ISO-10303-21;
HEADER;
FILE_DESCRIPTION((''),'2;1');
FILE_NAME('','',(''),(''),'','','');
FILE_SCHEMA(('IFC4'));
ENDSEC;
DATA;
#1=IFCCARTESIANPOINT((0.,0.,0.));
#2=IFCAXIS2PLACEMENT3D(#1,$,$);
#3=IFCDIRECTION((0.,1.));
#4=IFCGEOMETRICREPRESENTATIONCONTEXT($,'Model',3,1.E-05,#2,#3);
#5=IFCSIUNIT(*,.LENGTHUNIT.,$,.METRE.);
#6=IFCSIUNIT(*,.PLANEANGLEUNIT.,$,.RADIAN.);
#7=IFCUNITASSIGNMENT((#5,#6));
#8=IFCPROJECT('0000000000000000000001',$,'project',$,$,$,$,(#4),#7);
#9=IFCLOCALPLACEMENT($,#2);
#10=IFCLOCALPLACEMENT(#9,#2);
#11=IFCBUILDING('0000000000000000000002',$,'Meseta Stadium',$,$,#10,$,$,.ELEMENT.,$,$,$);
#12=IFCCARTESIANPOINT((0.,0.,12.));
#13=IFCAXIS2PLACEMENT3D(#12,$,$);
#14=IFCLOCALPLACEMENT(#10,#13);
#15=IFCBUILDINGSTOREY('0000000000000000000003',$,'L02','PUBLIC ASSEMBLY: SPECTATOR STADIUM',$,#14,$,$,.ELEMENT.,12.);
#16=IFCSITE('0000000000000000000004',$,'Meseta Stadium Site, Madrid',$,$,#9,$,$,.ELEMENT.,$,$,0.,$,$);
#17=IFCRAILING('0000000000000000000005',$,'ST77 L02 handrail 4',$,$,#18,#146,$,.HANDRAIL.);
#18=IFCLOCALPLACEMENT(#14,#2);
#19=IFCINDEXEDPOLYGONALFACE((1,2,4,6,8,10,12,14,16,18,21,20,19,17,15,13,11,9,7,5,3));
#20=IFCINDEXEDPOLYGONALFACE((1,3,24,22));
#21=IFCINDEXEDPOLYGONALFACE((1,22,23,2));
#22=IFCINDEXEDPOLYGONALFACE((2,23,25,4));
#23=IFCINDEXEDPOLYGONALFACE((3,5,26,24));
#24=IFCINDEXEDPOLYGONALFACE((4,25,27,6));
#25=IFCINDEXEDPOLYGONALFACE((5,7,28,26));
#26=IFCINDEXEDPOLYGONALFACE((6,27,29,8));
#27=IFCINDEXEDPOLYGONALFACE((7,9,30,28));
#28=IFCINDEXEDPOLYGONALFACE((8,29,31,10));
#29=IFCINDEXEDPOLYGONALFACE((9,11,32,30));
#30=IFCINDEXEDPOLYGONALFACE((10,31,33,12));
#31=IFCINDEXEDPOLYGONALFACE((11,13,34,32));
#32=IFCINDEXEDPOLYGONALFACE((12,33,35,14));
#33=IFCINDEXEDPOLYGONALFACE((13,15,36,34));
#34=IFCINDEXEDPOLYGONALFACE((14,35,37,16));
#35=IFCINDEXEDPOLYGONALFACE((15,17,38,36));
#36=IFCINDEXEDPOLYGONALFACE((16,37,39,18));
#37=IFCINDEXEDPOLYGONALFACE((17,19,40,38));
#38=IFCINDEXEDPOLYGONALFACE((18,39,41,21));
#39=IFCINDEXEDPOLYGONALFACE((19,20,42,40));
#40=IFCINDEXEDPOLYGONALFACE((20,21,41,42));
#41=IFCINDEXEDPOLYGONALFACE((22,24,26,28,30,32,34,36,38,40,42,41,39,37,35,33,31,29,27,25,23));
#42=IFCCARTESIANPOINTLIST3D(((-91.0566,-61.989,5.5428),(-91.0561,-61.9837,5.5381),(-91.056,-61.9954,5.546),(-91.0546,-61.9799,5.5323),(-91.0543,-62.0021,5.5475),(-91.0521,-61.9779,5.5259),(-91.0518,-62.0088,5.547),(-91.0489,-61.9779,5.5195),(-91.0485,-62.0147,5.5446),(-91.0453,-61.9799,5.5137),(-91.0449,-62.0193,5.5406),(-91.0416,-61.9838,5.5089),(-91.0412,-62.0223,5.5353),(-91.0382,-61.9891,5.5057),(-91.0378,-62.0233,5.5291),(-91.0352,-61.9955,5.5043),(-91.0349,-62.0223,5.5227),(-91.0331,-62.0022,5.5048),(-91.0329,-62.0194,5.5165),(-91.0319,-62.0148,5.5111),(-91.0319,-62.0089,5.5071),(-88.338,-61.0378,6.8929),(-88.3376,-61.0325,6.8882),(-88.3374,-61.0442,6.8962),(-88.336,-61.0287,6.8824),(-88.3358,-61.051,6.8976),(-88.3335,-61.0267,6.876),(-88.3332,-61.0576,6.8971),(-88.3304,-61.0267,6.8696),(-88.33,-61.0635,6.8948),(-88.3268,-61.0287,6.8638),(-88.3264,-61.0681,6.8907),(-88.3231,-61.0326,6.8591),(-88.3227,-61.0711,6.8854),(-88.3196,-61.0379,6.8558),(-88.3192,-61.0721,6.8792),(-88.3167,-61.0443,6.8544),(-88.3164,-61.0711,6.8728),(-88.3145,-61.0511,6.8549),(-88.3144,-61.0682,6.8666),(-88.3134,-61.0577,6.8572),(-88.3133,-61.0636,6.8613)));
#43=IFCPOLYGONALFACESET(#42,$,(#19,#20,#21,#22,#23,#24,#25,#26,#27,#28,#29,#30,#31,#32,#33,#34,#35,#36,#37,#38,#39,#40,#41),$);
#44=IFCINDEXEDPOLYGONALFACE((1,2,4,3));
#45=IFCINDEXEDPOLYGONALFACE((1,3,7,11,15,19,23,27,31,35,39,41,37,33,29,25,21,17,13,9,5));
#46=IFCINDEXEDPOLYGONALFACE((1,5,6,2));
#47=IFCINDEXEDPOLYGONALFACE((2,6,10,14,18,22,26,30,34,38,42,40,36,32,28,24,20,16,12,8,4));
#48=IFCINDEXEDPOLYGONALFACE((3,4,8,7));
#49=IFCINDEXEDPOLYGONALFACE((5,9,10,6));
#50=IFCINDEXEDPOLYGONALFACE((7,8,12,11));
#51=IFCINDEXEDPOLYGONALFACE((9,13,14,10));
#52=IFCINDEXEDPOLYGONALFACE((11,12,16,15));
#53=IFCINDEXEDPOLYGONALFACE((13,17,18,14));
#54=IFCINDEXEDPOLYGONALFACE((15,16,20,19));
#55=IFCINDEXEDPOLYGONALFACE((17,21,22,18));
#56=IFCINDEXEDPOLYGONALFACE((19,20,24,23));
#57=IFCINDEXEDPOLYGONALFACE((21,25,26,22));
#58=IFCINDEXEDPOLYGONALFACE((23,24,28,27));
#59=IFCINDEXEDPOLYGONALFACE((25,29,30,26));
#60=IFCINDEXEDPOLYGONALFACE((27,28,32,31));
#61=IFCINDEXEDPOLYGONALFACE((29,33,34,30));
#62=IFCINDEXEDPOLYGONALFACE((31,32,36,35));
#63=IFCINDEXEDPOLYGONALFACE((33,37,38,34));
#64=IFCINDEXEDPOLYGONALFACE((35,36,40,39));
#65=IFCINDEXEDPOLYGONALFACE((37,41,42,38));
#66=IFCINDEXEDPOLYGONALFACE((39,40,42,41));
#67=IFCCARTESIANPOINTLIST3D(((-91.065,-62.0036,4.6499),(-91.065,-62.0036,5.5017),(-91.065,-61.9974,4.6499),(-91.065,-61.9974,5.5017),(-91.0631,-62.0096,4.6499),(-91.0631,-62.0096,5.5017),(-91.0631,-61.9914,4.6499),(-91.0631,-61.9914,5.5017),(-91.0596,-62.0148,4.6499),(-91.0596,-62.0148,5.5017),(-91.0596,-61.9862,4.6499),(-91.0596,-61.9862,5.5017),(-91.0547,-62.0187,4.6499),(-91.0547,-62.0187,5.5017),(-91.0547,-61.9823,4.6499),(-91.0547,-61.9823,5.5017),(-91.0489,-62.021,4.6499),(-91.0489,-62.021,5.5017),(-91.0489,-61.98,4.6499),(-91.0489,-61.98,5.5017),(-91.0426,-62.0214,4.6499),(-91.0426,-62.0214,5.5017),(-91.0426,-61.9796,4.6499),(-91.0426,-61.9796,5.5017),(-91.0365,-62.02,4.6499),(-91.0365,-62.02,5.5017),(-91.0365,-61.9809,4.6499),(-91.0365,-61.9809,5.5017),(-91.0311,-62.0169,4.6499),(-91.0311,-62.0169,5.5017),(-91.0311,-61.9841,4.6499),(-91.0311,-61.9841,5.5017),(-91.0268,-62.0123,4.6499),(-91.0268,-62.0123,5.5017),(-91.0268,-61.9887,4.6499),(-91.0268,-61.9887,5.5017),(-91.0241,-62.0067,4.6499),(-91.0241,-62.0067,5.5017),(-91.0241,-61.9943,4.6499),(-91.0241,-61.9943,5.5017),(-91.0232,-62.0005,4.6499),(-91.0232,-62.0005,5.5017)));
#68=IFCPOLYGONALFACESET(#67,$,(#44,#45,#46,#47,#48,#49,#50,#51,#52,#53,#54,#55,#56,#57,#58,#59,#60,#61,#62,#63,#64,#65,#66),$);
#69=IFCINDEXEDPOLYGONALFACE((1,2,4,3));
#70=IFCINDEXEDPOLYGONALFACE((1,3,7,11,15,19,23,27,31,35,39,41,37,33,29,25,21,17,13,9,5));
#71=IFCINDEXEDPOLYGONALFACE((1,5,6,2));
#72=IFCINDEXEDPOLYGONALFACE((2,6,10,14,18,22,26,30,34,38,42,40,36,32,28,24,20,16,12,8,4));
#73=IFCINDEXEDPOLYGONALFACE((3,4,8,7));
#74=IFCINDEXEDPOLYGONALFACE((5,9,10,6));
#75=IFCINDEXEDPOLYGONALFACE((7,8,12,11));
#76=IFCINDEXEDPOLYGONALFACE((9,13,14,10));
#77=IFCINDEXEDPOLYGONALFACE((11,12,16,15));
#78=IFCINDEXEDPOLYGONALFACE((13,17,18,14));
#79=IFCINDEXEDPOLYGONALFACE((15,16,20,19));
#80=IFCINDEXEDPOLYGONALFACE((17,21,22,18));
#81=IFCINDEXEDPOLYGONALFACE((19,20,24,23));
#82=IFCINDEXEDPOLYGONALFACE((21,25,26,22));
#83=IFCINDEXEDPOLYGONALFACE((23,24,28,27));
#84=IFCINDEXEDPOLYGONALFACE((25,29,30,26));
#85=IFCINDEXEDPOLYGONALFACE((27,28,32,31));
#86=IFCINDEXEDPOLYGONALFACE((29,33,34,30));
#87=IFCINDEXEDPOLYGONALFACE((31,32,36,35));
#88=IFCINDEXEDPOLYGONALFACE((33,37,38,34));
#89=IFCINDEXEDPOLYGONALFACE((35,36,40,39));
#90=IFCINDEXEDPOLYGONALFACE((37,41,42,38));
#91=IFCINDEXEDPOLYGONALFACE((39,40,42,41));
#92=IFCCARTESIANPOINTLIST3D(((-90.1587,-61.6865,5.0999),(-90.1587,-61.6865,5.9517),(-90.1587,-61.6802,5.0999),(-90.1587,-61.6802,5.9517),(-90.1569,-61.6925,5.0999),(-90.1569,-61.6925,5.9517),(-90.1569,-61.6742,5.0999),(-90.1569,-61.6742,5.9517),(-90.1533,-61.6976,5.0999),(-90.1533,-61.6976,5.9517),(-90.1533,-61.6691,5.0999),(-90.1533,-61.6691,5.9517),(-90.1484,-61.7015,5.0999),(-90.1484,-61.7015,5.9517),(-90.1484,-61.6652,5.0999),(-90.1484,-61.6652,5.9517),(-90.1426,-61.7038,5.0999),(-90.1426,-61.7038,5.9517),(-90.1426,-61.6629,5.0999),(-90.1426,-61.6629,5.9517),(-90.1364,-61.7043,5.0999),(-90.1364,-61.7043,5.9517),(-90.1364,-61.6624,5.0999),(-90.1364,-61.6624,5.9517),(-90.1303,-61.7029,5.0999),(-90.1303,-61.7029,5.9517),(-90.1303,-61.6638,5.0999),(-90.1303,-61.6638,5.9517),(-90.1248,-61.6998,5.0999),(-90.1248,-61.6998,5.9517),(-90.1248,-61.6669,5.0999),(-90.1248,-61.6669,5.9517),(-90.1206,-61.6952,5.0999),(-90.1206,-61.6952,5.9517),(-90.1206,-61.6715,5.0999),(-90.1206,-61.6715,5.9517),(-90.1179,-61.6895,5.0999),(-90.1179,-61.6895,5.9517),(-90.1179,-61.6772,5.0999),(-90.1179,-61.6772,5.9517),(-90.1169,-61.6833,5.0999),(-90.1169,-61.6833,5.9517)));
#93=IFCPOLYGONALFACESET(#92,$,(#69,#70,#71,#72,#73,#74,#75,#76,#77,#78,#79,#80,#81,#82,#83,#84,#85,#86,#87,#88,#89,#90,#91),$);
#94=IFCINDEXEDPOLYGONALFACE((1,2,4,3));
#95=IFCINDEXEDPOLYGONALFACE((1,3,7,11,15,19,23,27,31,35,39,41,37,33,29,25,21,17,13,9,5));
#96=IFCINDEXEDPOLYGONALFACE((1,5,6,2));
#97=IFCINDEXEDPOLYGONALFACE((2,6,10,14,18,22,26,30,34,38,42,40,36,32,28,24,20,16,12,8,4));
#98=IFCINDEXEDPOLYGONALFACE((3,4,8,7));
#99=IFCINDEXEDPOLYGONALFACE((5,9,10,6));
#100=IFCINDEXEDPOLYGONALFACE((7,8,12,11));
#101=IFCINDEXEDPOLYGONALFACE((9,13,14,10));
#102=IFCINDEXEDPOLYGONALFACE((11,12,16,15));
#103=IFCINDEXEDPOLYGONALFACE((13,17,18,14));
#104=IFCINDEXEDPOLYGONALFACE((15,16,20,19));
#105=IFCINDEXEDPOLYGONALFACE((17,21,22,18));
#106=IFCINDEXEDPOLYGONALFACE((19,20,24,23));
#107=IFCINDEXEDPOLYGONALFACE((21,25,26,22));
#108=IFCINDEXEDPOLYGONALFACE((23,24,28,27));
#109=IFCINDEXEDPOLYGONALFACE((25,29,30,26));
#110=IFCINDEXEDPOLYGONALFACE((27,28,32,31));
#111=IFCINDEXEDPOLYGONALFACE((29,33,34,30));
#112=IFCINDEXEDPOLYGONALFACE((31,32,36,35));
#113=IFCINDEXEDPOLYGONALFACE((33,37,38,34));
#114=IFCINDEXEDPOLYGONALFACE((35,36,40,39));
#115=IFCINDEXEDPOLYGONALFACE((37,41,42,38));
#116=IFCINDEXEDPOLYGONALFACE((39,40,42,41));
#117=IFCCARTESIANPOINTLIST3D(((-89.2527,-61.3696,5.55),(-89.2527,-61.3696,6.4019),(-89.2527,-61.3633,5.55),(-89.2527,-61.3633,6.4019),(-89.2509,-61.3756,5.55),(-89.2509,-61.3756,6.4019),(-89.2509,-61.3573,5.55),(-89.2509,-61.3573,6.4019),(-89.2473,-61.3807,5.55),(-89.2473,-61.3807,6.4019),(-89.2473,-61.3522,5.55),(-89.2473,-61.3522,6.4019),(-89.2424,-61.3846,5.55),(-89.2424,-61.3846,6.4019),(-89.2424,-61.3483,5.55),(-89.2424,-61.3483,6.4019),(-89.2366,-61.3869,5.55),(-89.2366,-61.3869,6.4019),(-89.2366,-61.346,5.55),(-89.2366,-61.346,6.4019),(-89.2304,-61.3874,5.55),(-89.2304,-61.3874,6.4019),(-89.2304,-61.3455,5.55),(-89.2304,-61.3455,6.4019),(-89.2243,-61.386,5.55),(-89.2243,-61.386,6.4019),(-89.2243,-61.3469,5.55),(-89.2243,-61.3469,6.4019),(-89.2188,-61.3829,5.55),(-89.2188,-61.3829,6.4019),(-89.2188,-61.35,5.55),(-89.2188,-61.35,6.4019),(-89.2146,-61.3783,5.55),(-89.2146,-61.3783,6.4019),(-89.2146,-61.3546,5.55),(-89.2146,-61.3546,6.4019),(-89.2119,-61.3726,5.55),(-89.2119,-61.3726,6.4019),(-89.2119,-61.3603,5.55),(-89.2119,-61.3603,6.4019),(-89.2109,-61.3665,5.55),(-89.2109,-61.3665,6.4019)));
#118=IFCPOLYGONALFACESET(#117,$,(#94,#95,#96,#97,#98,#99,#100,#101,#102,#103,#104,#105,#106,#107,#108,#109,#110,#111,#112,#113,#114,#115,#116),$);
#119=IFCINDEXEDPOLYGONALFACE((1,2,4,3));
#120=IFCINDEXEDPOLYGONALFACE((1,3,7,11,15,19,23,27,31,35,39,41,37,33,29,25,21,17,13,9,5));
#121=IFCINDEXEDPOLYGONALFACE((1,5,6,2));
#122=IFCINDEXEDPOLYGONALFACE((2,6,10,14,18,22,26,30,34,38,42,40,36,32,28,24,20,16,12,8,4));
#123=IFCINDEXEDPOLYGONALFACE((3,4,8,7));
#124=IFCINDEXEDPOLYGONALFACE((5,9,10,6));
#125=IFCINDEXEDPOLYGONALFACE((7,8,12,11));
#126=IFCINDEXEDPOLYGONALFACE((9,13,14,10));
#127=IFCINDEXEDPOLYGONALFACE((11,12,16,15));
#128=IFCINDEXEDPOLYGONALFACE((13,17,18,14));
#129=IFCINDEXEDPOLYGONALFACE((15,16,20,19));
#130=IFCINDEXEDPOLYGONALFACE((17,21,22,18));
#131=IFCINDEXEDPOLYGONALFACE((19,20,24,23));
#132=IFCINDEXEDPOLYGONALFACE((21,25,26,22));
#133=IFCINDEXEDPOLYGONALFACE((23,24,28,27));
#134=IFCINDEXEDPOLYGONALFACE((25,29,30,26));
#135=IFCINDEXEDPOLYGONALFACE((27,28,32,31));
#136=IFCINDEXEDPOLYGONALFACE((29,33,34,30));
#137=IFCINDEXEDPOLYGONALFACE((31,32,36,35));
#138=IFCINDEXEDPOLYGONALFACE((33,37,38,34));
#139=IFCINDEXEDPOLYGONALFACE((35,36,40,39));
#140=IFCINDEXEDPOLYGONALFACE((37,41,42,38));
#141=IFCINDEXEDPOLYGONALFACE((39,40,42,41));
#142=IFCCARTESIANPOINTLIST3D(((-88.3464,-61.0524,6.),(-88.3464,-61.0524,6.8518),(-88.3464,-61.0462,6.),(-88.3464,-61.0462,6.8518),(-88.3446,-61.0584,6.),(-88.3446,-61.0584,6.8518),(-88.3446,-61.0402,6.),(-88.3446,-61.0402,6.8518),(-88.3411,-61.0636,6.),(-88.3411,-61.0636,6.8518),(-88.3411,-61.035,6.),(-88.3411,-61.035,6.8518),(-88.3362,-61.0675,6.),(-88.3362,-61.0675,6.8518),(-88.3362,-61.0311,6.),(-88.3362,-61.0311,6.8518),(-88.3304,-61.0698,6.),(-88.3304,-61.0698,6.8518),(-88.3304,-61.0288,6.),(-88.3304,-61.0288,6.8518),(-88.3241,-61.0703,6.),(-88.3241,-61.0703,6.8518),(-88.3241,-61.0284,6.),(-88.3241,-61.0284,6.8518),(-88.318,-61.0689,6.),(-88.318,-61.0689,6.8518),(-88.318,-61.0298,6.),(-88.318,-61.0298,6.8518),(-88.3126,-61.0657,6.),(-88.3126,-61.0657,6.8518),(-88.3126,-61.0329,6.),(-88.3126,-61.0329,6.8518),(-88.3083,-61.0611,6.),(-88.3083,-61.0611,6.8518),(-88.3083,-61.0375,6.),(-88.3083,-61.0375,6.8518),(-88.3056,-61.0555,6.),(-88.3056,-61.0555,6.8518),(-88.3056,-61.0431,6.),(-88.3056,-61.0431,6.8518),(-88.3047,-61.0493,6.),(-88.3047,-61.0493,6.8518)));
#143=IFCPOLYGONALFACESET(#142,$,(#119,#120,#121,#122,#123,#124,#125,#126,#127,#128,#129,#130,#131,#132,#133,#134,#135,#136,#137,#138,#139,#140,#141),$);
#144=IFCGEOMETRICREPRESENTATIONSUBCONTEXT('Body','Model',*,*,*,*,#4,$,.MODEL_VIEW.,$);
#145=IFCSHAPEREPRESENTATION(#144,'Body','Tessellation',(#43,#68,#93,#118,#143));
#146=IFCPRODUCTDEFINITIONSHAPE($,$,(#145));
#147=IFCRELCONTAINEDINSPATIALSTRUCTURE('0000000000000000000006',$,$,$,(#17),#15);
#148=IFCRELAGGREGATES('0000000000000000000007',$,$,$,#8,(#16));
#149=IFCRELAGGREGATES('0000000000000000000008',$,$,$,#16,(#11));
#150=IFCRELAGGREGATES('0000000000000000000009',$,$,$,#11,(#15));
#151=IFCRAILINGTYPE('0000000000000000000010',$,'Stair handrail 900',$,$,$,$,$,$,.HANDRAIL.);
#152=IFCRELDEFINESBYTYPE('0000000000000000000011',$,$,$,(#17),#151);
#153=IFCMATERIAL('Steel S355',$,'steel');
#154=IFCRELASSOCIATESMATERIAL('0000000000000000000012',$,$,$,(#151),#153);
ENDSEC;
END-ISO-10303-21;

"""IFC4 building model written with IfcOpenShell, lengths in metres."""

from ifc_helpers import new_model, si_unit, direction, frame, origin, origin_2d, place, context, subcontext, project, spatial, circle, extrude, material, type_object, element, save


model = new_model("IFC4")

# Units and contexts
model_context = context("Model", 3, precision=1e-05, world=origin(), true_north=direction((0.0, 1.0)))
body_context = subcontext(model_context, "Body", "Model", "MODEL_VIEW")
ifc_project = project(units=[si_unit("LENGTHUNIT", "METRE"), si_unit("PLANEANGLEUNIT", "RADIAN")], contexts=[model_context])

# Site, building, storey
site_placement = place(None, origin())
site = spatial("IfcSite", under=ifc_project, at=site_placement, Name="Meseta Stadium Site, Madrid", CompositionType="ELEMENT", RefElevation=0.0)
building_placement = place(site_placement, origin())
building = spatial("IfcBuilding", under=site, at=building_placement, Name="Meseta Stadium", CompositionType="ELEMENT")
storey_placement = place(building_placement, frame((0.0, 0.0, 12.0)))
storey = spatial("IfcBuildingStorey", under=building, at=storey_placement, Name="L02", Description="PUBLIC ASSEMBLY: SPECTATOR STADIUM", CompositionType="ELEMENT", Elevation=12.0)

# Railing
ifc_material_1 = material(Name="Steel S355", Category="steel")
railing_type_1 = type_object("IfcRailingType", Name="Stair handrail 900", PredefinedType="HANDRAIL", material=ifc_material_1)
for number, where, name in (
    (1, (-91.0442, -62.0005, 4.6499), "ST77 L02 handrail 4"),
):
    element("IfcRailing", number, at=place(storey_placement, frame(where)), inside=storey, type_object=railing_type_1, Name=name, PredefinedType="HANDRAIL", context=body_context, shape_type="SweptSolid", body=[
        extrude(circle(Radius=0.0239, at=origin_2d()), frame((0.0, 0.0, 0.876), z_axis=(0.854649, 0.299031, 0.424446), x_axis=(-0.330256, 0.943891, 0.0)), (0.0, 0.0, 1.0), 3.1809),
        extrude(circle(Radius=0.021, at=origin_2d()), origin(), (0.0, 0.0, 1.0), 0.8518),
        extrude(circle(Radius=0.021, at=origin_2d()), frame((0.9062, 0.3171, 0.45)), (0.0, 0.0, 1.0), 0.8518),
        extrude(circle(Radius=0.021, at=origin_2d()), frame((1.8123, 0.634, 0.9001)), (0.0, 0.0, 1.0), 0.8518),
        extrude(circle(Radius=0.021, at=origin_2d()), frame((2.7185, 0.9512, 1.3501)), (0.0, 0.0, 1.0), 0.8518),
    ])

save(model, "model.ifc")
